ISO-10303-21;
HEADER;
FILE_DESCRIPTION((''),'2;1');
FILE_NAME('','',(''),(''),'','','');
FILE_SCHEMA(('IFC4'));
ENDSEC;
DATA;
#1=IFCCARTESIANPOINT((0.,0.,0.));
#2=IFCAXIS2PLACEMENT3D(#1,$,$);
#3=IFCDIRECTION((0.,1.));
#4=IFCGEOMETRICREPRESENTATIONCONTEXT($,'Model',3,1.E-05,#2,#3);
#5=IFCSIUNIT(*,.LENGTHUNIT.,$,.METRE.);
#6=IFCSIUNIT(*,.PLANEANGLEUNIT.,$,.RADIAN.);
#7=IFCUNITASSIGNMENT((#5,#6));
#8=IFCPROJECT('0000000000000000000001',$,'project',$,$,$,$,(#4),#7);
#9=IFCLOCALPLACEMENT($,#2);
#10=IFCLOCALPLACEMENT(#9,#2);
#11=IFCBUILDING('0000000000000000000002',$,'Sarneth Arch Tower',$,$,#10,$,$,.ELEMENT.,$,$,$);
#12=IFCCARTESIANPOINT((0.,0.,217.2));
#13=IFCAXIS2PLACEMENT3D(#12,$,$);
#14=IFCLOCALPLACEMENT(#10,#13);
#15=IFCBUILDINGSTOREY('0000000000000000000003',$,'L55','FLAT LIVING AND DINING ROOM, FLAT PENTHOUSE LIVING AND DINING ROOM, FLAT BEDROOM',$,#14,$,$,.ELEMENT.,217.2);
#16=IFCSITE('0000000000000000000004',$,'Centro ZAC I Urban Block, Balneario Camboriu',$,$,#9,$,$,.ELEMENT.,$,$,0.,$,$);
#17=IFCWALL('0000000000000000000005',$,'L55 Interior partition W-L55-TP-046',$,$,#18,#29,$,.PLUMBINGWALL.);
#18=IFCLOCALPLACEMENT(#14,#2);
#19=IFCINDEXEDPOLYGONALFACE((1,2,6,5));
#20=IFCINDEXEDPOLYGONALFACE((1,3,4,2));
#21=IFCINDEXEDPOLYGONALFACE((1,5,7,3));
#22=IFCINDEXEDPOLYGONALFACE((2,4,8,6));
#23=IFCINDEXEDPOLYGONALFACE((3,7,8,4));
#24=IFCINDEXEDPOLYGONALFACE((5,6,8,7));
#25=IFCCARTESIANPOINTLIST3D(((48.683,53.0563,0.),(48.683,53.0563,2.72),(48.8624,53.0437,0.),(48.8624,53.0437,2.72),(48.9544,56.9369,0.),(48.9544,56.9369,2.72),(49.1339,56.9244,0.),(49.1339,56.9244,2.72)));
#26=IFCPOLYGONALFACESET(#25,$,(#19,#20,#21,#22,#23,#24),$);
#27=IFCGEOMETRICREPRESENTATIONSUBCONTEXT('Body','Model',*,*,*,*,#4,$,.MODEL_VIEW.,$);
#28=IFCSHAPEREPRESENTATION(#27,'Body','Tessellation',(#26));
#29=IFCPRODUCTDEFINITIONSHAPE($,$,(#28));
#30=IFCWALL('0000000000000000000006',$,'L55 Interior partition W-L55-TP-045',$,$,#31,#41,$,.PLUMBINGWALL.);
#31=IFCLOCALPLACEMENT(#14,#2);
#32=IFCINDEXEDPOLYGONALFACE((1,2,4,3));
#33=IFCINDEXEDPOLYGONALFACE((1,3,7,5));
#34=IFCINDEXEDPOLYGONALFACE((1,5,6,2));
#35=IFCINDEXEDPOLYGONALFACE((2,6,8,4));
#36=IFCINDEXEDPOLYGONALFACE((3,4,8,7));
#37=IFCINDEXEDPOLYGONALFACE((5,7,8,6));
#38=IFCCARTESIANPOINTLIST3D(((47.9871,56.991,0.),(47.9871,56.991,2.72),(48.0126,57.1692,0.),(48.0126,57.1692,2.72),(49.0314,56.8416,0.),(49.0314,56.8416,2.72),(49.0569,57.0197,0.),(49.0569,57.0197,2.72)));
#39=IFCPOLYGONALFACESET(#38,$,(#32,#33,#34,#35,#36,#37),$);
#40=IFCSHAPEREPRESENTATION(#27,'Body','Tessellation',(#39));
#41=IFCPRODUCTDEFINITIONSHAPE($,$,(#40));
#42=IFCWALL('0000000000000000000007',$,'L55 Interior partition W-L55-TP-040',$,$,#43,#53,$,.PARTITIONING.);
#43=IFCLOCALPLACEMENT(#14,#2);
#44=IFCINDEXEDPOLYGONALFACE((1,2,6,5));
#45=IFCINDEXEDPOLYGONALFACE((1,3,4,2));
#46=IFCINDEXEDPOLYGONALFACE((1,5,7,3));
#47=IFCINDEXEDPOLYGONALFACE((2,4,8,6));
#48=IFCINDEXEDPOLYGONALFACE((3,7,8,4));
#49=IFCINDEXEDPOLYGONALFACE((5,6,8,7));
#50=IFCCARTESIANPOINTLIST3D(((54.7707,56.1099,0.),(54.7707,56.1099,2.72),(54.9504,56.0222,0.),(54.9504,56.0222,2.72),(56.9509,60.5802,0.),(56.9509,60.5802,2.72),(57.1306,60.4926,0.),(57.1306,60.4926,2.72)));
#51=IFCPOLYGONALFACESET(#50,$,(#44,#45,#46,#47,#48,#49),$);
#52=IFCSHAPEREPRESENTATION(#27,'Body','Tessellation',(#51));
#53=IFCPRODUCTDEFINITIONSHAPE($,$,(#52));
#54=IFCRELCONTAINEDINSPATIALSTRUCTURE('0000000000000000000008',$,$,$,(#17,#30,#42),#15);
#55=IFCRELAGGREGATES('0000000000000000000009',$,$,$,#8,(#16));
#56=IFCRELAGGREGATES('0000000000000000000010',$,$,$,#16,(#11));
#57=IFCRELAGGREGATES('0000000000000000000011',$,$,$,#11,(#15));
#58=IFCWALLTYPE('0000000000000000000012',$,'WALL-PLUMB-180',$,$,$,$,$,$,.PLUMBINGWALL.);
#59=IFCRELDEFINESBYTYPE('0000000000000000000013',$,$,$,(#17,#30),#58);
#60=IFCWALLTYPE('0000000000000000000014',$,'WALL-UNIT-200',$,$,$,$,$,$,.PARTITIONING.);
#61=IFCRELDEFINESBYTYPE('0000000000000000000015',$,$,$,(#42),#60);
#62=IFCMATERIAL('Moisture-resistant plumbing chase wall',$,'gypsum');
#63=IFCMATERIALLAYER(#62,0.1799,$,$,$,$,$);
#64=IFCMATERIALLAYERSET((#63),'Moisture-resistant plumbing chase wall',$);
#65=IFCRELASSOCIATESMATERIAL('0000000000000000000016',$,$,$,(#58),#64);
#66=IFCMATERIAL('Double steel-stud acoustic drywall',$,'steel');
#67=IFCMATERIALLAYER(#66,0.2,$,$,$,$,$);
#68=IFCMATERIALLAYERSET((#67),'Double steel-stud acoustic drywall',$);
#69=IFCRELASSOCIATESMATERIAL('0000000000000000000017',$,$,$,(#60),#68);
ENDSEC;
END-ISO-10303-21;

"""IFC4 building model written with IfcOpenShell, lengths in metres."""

from ifc_helpers import new_model, si_unit, direction, frame, frame_2d, origin, place, context, subcontext, project, spatial, rectangle, extrude, material, layer, layer_set, type_object, element, save


model = new_model("IFC4")

# Units and contexts
model_context = context("Model", 3, precision=1e-05, world=origin(), true_north=direction((0.0, 1.0)))
body_context = subcontext(model_context, "Body", "Model", "MODEL_VIEW")
ifc_project = project(units=[si_unit("LENGTHUNIT", "METRE"), si_unit("PLANEANGLEUNIT", "RADIAN")], contexts=[model_context])

# Site, building, storey
site_placement = place(None, origin())
site = spatial("IfcSite", under=ifc_project, at=site_placement, Name="Centro ZAC I Urban Block, Balneario Camboriu", CompositionType="ELEMENT", RefElevation=0.0)
building_placement = place(site_placement, origin())
building = spatial("IfcBuilding", under=site, at=building_placement, Name="Sarneth Arch Tower", CompositionType="ELEMENT")
storey_placement = place(building_placement, frame((0.0, 0.0, 217.2)))
storey = spatial("IfcBuildingStorey", under=building, at=storey_placement, Name="L55", Description="FLAT LIVING AND DINING ROOM, FLAT PENTHOUSE LIVING AND DINING ROOM, FLAT BEDROOM", CompositionType="ELEMENT", Elevation=217.2)

# Walls
ifc_material_1 = material(Name="Moisture-resistant plumbing chase wall", Category="gypsum")
ifc_layer_1 = layer(ifc_material_1, 0.1799)
ifc_layer_set_1 = layer_set([ifc_layer_1], Name="Moisture-resistant plumbing chase wall")
wall_type_1 = type_object("IfcWallType", Name="WALL-PLUMB-180", PredefinedType="PLUMBINGWALL", material=ifc_layer_set_1)
wall_1_placement = place(storey_placement, frame((49.0442, 56.9307, 0.0), z_axis=(0.0, 0.0, 1.0), x_axis=(-0.069789, -0.997562, 0.0)))
element("IfcWall", 1, at=wall_1_placement, inside=storey, type_object=wall_type_1, Name="L55 Interior partition W-L55-TP-046", PredefinedType="PLUMBINGWALL", context=body_context, shape_type="SweptSolid", body=[
    extrude(rectangle(XDim=3.8901, YDim=0.1799, at=frame_2d((1.9451, 0.0))), origin(), (0.0, 0.0, 1.0), 2.72),
])
wall_2_placement = place(storey_placement, frame((48.0, 57.0801, 0.0), z_axis=(0.0, 0.0, 1.0), x_axis=(0.989917, -0.141648, 0.0)))
element("IfcWall", 2, at=wall_2_placement, inside=storey, type_object=wall_type_1, Name="L55 Interior partition W-L55-TP-045", PredefinedType="PLUMBINGWALL", context=body_context, shape_type="SweptSolid", body=[
    extrude(rectangle(XDim=1.0549, YDim=0.1799, at=frame_2d((0.5273, 0.0))), origin(), (0.0, 0.0, 1.0), 2.72),
])
ifc_material_2 = material(Name="Double steel-stud acoustic drywall", Category="steel")
ifc_layer_2 = layer(ifc_material_2, 0.2)
ifc_layer_set_2 = layer_set([ifc_layer_2], Name="Double steel-stud acoustic drywall")
wall_type_2 = type_object("IfcWallType", Name="WALL-UNIT-200", PredefinedType="PARTITIONING", material=ifc_layer_set_2)
wall_3_placement = place(storey_placement, frame((57.0408, 60.5364, 0.0), z_axis=(0.0, 0.0, 1.0), x_axis=(-0.438356, -0.898801, 0.0)))
element("IfcWall", 3, at=wall_3_placement, inside=storey, type_object=wall_type_2, Name="L55 Interior partition W-L55-TP-040", PredefinedType="PARTITIONING", context=body_context, shape_type="SweptSolid", body=[
    extrude(rectangle(XDim=4.9736, YDim=0.2, at=frame_2d((2.4868, 0.0))), origin(), (0.0, 0.0, 1.0), 2.72),
])

save(model, "model.ifc")
